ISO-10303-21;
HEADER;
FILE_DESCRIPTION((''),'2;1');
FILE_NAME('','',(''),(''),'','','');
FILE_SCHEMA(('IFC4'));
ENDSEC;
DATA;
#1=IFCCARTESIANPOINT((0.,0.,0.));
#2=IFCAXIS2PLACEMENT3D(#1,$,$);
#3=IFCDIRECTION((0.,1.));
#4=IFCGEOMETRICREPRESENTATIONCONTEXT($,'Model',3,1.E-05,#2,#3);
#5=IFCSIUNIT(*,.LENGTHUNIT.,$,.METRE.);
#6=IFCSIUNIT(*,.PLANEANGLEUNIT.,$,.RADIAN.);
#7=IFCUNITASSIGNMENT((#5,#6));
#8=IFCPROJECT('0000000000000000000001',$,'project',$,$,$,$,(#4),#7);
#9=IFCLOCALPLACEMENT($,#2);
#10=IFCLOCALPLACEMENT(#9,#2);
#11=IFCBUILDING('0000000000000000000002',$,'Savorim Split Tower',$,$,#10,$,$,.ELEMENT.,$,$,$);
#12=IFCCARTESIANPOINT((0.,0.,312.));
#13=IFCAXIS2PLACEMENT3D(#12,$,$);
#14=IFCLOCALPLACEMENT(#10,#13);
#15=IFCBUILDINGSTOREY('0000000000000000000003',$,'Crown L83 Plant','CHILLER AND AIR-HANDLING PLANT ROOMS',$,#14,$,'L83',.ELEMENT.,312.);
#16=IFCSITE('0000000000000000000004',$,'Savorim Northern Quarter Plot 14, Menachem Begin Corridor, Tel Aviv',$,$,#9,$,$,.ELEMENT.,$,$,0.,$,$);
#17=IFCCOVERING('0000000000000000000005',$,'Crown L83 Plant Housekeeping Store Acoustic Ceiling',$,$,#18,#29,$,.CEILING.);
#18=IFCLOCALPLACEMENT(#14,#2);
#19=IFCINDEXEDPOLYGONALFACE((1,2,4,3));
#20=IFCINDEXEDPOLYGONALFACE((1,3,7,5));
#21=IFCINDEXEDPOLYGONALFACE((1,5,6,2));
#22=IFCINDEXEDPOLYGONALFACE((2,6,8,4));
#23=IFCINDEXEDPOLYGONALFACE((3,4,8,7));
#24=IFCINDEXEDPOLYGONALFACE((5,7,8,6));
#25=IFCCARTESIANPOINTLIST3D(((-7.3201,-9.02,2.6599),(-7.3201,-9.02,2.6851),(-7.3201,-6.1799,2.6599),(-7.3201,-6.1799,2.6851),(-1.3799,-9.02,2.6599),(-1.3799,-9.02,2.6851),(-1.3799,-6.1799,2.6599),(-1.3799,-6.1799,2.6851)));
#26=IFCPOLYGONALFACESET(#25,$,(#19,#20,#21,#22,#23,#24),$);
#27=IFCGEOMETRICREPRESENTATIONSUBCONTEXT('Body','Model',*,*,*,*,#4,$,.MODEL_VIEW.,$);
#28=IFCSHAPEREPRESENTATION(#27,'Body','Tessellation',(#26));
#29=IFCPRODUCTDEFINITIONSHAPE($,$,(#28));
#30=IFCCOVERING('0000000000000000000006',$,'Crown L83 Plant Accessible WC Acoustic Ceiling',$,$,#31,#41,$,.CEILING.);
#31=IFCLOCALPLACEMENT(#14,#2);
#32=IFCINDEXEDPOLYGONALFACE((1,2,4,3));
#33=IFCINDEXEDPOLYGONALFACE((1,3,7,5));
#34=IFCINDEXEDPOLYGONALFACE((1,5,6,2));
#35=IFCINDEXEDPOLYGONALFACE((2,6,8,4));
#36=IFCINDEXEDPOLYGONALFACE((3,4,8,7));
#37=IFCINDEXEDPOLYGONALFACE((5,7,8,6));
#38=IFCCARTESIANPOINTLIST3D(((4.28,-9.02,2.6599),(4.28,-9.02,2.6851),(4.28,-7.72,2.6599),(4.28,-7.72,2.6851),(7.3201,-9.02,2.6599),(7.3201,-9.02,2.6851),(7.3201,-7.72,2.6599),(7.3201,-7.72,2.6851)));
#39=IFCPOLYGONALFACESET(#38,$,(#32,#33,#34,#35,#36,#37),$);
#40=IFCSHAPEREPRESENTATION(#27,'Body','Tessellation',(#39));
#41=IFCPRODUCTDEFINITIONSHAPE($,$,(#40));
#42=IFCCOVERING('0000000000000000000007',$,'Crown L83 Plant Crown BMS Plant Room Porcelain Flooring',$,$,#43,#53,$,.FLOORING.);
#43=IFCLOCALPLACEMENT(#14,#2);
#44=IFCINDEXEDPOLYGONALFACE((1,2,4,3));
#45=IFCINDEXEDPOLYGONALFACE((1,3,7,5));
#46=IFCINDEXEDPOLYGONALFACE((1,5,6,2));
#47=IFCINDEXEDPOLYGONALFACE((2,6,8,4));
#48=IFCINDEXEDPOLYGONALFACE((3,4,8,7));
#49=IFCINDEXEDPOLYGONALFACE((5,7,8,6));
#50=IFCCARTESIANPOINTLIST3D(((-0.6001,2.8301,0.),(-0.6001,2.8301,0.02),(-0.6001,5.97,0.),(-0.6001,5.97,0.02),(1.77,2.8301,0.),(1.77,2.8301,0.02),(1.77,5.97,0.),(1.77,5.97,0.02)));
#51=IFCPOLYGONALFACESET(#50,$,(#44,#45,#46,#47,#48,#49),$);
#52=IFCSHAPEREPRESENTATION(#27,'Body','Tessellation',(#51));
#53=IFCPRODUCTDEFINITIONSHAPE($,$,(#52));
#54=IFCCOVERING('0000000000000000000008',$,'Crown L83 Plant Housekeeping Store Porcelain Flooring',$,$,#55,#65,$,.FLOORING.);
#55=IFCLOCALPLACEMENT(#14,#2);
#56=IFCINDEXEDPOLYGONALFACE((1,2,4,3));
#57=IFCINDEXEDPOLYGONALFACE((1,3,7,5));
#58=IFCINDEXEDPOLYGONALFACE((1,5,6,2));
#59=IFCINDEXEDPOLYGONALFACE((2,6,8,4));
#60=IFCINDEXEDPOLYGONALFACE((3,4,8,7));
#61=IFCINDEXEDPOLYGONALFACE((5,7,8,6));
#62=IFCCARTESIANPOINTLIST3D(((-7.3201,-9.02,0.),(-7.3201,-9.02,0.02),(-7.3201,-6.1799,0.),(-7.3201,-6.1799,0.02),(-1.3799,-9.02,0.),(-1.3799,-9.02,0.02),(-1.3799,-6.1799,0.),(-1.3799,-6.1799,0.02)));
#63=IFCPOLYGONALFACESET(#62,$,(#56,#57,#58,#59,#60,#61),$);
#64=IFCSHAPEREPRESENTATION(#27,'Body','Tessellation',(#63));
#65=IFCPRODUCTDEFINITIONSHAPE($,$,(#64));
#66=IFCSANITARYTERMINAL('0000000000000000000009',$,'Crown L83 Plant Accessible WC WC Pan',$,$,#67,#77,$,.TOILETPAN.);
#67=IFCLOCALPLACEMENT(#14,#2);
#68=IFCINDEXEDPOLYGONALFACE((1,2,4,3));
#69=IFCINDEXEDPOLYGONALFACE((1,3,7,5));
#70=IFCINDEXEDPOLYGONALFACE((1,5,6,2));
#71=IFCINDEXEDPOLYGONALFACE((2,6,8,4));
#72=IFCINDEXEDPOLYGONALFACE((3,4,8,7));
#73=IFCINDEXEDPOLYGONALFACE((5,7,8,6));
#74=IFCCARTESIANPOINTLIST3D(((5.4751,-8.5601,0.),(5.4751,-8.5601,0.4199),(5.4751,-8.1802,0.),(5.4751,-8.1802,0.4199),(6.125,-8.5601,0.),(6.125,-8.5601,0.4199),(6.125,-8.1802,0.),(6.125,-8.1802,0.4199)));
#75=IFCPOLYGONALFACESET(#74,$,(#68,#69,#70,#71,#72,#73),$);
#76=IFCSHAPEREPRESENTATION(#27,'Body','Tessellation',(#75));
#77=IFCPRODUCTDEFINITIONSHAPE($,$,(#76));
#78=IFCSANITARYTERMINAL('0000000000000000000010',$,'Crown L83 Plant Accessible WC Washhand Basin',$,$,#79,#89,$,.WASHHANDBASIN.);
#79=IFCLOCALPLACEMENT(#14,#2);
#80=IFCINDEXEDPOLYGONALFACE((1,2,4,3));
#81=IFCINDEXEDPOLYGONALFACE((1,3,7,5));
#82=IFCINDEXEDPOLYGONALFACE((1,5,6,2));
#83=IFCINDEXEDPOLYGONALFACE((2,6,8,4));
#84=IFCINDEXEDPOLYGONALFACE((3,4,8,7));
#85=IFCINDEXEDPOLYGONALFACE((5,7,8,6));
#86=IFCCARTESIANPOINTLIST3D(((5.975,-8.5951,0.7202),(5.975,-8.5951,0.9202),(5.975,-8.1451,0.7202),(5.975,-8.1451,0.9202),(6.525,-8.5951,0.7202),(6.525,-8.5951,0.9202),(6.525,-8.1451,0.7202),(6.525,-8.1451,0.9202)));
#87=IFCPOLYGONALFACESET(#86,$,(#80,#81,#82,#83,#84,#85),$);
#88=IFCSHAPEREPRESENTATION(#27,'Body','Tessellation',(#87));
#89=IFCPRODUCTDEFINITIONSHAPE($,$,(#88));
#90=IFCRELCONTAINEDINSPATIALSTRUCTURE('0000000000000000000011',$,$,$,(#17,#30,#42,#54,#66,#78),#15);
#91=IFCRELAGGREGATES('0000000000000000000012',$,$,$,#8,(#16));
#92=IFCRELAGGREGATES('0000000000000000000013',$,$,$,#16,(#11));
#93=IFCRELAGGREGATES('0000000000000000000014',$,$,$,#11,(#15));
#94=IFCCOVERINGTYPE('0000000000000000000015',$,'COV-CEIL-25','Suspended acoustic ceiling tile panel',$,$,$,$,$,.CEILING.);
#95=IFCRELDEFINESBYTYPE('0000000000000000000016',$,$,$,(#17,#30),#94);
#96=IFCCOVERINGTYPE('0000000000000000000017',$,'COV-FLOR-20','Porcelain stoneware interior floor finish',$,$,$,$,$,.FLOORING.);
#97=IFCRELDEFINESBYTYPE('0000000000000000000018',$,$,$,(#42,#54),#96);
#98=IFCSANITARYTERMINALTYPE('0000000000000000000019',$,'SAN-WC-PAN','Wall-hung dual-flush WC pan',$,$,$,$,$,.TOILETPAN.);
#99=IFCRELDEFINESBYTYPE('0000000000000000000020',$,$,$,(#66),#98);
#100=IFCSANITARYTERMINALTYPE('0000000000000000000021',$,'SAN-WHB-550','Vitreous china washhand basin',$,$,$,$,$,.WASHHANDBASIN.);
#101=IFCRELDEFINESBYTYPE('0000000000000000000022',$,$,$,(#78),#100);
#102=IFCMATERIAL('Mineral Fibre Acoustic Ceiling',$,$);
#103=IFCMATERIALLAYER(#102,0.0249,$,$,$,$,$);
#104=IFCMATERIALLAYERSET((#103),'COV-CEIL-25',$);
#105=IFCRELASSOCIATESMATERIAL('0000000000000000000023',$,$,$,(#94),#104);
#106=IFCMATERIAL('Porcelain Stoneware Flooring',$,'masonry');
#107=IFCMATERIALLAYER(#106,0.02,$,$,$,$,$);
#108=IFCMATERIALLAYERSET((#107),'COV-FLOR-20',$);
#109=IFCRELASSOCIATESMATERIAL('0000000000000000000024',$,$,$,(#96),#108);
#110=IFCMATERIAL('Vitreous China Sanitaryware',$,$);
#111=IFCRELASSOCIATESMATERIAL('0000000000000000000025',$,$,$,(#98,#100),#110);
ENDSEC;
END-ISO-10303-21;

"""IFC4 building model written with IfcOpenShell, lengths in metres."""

from ifc_helpers import new_model, si_unit, direction, frame, origin, origin_2d, place, context, subcontext, project, spatial, polyline, rectangle, outline, extrude, material, layer, layer_set, type_object, element, save


model = new_model("IFC4")

# Units and contexts
model_context = context("Model", 3, precision=1e-05, world=origin(), true_north=direction((0.0, 1.0)))
body_context = subcontext(model_context, "Body", "Model", "MODEL_VIEW")
ifc_project = project(units=[si_unit("LENGTHUNIT", "METRE"), si_unit("PLANEANGLEUNIT", "RADIAN")], contexts=[model_context])

# Site, building, storey
site_placement = place(None, origin())
site = spatial("IfcSite", under=ifc_project, at=site_placement, Name="Savorim Northern Quarter Plot 14, Menachem Begin Corridor, Tel Aviv", CompositionType="ELEMENT", RefElevation=0.0)
building_placement = place(site_placement, origin())
building = spatial("IfcBuilding", under=site, at=building_placement, Name="Savorim Split Tower", CompositionType="ELEMENT")
storey_placement = place(building_placement, frame((0.0, 0.0, 312.0)))
storey = spatial("IfcBuildingStorey", under=building, at=storey_placement, Name="Crown L83 Plant", Description="CHILLER AND AIR-HANDLING PLANT ROOMS", LongName="L83", CompositionType="ELEMENT", Elevation=312.0)

# Coverings
ifc_material_1 = material(Name="Mineral Fibre Acoustic Ceiling")
ifc_layer_1 = layer(ifc_material_1, 0.0249)
ifc_layer_set_1 = layer_set([ifc_layer_1], Name="COV-CEIL-25")
covering_type_1 = type_object("IfcCoveringType", Name="COV-CEIL-25", Description="Suspended acoustic ceiling tile panel", PredefinedType="CEILING", material=ifc_layer_set_1)
covering_1_placement = place(storey_placement, frame((0.0, 0.0, 2.6599)))
element("IfcCovering", 1, at=covering_1_placement, inside=storey, type_object=covering_type_1, Name="Crown L83 Plant Housekeeping Store Acoustic Ceiling", PredefinedType="CEILING", context=body_context, shape_type="SweptSolid", body=[
    extrude(outline(polyline([(-7.3201, -6.1799), (-7.3201, -9.02), (-1.3799, -9.02), (-1.3799, -6.1799), (-7.3201, -6.1799)])), origin(), (0.0, 0.0, 1.0), 0.0251),
])
covering_2_placement = place(storey_placement, frame((0.0, 0.0, 2.6599)))
element("IfcCovering", 2, at=covering_2_placement, inside=storey, type_object=covering_type_1, Name="Crown L83 Plant Accessible WC Acoustic Ceiling", PredefinedType="CEILING", context=body_context, shape_type="SweptSolid", body=[
    extrude(outline(polyline([(4.28, -7.72), (4.28, -9.02), (7.3201, -9.02), (7.3201, -7.72), (4.28, -7.72)])), origin(), (0.0, 0.0, 1.0), 0.0251),
])
ifc_material_2 = material(Name="Porcelain Stoneware Flooring", Category="masonry")
ifc_layer_2 = layer(ifc_material_2, 0.02)
ifc_layer_set_2 = layer_set([ifc_layer_2], Name="COV-FLOR-20")
covering_type_2 = type_object("IfcCoveringType", Name="COV-FLOR-20", Description="Porcelain stoneware interior floor finish", PredefinedType="FLOORING", material=ifc_layer_set_2)
covering_3_placement = place(storey_placement, origin())
element("IfcCovering", 3, at=covering_3_placement, inside=storey, type_object=covering_type_2, Name="Crown L83 Plant Crown BMS Plant Room Porcelain Flooring", PredefinedType="FLOORING", context=body_context, shape_type="SweptSolid", body=[
    extrude(outline(polyline([(1.77, 5.97), (-0.6001, 5.97), (-0.6001, 2.8301), (1.77, 2.8301), (1.77, 5.97)])), origin(), (0.0, 0.0, 1.0), 0.02),
])
covering_4_placement = place(storey_placement, origin())
element("IfcCovering", 4, at=covering_4_placement, inside=storey, type_object=covering_type_2, Name="Crown L83 Plant Housekeeping Store Porcelain Flooring", PredefinedType="FLOORING", context=body_context, shape_type="SweptSolid", body=[
    extrude(outline(polyline([(-7.3201, -6.1799), (-7.3201, -9.02), (-1.3799, -9.02), (-1.3799, -6.1799), (-7.3201, -6.1799)])), origin(), (0.0, 0.0, 1.0), 0.02),
])

# Sanitary terminals
ifc_material_3 = material(Name="Vitreous China Sanitaryware")
sanitary_terminal_type_1 = type_object("IfcSanitaryTerminalType", Name="SAN-WC-PAN", Description="Wall-hung dual-flush WC pan", PredefinedType="TOILETPAN", material=ifc_material_3)
sanitary_terminal_1_placement = place(storey_placement, frame((5.8, -8.3701, 0.0), z_axis=(0.0, 0.0, 1.0), x_axis=(1.0, 0.0, 0.0)))
element("IfcSanitaryTerminal", 5, at=sanitary_terminal_1_placement, inside=storey, type_object=sanitary_terminal_type_1, Name="Crown L83 Plant Accessible WC WC Pan", PredefinedType="TOILETPAN", context=body_context, shape_type="SweptSolid", body=[
    extrude(rectangle(XDim=0.6499, YDim=0.3799, at=origin_2d()), origin(), (0.0, 0.0, 1.0), 0.4199),
])
sanitary_terminal_type_2 = type_object("IfcSanitaryTerminalType", Name="SAN-WHB-550", Description="Vitreous china washhand basin", PredefinedType="WASHHANDBASIN", material=ifc_material_3)
sanitary_terminal_2_placement = place(storey_placement, frame((6.25, -8.3701, 0.7202), z_axis=(0.0, 0.0, 1.0), x_axis=(1.0, 0.0, 0.0)))
element("IfcSanitaryTerminal", 6, at=sanitary_terminal_2_placement, inside=storey, type_object=sanitary_terminal_type_2, Name="Crown L83 Plant Accessible WC Washhand Basin", PredefinedType="WASHHANDBASIN", context=body_context, shape_type="SweptSolid", body=[
    extrude(rectangle(XDim=0.55, YDim=0.45, at=origin_2d()), origin(), (0.0, 0.0, 1.0), 0.2),
])

save(model, "model.ifc")
